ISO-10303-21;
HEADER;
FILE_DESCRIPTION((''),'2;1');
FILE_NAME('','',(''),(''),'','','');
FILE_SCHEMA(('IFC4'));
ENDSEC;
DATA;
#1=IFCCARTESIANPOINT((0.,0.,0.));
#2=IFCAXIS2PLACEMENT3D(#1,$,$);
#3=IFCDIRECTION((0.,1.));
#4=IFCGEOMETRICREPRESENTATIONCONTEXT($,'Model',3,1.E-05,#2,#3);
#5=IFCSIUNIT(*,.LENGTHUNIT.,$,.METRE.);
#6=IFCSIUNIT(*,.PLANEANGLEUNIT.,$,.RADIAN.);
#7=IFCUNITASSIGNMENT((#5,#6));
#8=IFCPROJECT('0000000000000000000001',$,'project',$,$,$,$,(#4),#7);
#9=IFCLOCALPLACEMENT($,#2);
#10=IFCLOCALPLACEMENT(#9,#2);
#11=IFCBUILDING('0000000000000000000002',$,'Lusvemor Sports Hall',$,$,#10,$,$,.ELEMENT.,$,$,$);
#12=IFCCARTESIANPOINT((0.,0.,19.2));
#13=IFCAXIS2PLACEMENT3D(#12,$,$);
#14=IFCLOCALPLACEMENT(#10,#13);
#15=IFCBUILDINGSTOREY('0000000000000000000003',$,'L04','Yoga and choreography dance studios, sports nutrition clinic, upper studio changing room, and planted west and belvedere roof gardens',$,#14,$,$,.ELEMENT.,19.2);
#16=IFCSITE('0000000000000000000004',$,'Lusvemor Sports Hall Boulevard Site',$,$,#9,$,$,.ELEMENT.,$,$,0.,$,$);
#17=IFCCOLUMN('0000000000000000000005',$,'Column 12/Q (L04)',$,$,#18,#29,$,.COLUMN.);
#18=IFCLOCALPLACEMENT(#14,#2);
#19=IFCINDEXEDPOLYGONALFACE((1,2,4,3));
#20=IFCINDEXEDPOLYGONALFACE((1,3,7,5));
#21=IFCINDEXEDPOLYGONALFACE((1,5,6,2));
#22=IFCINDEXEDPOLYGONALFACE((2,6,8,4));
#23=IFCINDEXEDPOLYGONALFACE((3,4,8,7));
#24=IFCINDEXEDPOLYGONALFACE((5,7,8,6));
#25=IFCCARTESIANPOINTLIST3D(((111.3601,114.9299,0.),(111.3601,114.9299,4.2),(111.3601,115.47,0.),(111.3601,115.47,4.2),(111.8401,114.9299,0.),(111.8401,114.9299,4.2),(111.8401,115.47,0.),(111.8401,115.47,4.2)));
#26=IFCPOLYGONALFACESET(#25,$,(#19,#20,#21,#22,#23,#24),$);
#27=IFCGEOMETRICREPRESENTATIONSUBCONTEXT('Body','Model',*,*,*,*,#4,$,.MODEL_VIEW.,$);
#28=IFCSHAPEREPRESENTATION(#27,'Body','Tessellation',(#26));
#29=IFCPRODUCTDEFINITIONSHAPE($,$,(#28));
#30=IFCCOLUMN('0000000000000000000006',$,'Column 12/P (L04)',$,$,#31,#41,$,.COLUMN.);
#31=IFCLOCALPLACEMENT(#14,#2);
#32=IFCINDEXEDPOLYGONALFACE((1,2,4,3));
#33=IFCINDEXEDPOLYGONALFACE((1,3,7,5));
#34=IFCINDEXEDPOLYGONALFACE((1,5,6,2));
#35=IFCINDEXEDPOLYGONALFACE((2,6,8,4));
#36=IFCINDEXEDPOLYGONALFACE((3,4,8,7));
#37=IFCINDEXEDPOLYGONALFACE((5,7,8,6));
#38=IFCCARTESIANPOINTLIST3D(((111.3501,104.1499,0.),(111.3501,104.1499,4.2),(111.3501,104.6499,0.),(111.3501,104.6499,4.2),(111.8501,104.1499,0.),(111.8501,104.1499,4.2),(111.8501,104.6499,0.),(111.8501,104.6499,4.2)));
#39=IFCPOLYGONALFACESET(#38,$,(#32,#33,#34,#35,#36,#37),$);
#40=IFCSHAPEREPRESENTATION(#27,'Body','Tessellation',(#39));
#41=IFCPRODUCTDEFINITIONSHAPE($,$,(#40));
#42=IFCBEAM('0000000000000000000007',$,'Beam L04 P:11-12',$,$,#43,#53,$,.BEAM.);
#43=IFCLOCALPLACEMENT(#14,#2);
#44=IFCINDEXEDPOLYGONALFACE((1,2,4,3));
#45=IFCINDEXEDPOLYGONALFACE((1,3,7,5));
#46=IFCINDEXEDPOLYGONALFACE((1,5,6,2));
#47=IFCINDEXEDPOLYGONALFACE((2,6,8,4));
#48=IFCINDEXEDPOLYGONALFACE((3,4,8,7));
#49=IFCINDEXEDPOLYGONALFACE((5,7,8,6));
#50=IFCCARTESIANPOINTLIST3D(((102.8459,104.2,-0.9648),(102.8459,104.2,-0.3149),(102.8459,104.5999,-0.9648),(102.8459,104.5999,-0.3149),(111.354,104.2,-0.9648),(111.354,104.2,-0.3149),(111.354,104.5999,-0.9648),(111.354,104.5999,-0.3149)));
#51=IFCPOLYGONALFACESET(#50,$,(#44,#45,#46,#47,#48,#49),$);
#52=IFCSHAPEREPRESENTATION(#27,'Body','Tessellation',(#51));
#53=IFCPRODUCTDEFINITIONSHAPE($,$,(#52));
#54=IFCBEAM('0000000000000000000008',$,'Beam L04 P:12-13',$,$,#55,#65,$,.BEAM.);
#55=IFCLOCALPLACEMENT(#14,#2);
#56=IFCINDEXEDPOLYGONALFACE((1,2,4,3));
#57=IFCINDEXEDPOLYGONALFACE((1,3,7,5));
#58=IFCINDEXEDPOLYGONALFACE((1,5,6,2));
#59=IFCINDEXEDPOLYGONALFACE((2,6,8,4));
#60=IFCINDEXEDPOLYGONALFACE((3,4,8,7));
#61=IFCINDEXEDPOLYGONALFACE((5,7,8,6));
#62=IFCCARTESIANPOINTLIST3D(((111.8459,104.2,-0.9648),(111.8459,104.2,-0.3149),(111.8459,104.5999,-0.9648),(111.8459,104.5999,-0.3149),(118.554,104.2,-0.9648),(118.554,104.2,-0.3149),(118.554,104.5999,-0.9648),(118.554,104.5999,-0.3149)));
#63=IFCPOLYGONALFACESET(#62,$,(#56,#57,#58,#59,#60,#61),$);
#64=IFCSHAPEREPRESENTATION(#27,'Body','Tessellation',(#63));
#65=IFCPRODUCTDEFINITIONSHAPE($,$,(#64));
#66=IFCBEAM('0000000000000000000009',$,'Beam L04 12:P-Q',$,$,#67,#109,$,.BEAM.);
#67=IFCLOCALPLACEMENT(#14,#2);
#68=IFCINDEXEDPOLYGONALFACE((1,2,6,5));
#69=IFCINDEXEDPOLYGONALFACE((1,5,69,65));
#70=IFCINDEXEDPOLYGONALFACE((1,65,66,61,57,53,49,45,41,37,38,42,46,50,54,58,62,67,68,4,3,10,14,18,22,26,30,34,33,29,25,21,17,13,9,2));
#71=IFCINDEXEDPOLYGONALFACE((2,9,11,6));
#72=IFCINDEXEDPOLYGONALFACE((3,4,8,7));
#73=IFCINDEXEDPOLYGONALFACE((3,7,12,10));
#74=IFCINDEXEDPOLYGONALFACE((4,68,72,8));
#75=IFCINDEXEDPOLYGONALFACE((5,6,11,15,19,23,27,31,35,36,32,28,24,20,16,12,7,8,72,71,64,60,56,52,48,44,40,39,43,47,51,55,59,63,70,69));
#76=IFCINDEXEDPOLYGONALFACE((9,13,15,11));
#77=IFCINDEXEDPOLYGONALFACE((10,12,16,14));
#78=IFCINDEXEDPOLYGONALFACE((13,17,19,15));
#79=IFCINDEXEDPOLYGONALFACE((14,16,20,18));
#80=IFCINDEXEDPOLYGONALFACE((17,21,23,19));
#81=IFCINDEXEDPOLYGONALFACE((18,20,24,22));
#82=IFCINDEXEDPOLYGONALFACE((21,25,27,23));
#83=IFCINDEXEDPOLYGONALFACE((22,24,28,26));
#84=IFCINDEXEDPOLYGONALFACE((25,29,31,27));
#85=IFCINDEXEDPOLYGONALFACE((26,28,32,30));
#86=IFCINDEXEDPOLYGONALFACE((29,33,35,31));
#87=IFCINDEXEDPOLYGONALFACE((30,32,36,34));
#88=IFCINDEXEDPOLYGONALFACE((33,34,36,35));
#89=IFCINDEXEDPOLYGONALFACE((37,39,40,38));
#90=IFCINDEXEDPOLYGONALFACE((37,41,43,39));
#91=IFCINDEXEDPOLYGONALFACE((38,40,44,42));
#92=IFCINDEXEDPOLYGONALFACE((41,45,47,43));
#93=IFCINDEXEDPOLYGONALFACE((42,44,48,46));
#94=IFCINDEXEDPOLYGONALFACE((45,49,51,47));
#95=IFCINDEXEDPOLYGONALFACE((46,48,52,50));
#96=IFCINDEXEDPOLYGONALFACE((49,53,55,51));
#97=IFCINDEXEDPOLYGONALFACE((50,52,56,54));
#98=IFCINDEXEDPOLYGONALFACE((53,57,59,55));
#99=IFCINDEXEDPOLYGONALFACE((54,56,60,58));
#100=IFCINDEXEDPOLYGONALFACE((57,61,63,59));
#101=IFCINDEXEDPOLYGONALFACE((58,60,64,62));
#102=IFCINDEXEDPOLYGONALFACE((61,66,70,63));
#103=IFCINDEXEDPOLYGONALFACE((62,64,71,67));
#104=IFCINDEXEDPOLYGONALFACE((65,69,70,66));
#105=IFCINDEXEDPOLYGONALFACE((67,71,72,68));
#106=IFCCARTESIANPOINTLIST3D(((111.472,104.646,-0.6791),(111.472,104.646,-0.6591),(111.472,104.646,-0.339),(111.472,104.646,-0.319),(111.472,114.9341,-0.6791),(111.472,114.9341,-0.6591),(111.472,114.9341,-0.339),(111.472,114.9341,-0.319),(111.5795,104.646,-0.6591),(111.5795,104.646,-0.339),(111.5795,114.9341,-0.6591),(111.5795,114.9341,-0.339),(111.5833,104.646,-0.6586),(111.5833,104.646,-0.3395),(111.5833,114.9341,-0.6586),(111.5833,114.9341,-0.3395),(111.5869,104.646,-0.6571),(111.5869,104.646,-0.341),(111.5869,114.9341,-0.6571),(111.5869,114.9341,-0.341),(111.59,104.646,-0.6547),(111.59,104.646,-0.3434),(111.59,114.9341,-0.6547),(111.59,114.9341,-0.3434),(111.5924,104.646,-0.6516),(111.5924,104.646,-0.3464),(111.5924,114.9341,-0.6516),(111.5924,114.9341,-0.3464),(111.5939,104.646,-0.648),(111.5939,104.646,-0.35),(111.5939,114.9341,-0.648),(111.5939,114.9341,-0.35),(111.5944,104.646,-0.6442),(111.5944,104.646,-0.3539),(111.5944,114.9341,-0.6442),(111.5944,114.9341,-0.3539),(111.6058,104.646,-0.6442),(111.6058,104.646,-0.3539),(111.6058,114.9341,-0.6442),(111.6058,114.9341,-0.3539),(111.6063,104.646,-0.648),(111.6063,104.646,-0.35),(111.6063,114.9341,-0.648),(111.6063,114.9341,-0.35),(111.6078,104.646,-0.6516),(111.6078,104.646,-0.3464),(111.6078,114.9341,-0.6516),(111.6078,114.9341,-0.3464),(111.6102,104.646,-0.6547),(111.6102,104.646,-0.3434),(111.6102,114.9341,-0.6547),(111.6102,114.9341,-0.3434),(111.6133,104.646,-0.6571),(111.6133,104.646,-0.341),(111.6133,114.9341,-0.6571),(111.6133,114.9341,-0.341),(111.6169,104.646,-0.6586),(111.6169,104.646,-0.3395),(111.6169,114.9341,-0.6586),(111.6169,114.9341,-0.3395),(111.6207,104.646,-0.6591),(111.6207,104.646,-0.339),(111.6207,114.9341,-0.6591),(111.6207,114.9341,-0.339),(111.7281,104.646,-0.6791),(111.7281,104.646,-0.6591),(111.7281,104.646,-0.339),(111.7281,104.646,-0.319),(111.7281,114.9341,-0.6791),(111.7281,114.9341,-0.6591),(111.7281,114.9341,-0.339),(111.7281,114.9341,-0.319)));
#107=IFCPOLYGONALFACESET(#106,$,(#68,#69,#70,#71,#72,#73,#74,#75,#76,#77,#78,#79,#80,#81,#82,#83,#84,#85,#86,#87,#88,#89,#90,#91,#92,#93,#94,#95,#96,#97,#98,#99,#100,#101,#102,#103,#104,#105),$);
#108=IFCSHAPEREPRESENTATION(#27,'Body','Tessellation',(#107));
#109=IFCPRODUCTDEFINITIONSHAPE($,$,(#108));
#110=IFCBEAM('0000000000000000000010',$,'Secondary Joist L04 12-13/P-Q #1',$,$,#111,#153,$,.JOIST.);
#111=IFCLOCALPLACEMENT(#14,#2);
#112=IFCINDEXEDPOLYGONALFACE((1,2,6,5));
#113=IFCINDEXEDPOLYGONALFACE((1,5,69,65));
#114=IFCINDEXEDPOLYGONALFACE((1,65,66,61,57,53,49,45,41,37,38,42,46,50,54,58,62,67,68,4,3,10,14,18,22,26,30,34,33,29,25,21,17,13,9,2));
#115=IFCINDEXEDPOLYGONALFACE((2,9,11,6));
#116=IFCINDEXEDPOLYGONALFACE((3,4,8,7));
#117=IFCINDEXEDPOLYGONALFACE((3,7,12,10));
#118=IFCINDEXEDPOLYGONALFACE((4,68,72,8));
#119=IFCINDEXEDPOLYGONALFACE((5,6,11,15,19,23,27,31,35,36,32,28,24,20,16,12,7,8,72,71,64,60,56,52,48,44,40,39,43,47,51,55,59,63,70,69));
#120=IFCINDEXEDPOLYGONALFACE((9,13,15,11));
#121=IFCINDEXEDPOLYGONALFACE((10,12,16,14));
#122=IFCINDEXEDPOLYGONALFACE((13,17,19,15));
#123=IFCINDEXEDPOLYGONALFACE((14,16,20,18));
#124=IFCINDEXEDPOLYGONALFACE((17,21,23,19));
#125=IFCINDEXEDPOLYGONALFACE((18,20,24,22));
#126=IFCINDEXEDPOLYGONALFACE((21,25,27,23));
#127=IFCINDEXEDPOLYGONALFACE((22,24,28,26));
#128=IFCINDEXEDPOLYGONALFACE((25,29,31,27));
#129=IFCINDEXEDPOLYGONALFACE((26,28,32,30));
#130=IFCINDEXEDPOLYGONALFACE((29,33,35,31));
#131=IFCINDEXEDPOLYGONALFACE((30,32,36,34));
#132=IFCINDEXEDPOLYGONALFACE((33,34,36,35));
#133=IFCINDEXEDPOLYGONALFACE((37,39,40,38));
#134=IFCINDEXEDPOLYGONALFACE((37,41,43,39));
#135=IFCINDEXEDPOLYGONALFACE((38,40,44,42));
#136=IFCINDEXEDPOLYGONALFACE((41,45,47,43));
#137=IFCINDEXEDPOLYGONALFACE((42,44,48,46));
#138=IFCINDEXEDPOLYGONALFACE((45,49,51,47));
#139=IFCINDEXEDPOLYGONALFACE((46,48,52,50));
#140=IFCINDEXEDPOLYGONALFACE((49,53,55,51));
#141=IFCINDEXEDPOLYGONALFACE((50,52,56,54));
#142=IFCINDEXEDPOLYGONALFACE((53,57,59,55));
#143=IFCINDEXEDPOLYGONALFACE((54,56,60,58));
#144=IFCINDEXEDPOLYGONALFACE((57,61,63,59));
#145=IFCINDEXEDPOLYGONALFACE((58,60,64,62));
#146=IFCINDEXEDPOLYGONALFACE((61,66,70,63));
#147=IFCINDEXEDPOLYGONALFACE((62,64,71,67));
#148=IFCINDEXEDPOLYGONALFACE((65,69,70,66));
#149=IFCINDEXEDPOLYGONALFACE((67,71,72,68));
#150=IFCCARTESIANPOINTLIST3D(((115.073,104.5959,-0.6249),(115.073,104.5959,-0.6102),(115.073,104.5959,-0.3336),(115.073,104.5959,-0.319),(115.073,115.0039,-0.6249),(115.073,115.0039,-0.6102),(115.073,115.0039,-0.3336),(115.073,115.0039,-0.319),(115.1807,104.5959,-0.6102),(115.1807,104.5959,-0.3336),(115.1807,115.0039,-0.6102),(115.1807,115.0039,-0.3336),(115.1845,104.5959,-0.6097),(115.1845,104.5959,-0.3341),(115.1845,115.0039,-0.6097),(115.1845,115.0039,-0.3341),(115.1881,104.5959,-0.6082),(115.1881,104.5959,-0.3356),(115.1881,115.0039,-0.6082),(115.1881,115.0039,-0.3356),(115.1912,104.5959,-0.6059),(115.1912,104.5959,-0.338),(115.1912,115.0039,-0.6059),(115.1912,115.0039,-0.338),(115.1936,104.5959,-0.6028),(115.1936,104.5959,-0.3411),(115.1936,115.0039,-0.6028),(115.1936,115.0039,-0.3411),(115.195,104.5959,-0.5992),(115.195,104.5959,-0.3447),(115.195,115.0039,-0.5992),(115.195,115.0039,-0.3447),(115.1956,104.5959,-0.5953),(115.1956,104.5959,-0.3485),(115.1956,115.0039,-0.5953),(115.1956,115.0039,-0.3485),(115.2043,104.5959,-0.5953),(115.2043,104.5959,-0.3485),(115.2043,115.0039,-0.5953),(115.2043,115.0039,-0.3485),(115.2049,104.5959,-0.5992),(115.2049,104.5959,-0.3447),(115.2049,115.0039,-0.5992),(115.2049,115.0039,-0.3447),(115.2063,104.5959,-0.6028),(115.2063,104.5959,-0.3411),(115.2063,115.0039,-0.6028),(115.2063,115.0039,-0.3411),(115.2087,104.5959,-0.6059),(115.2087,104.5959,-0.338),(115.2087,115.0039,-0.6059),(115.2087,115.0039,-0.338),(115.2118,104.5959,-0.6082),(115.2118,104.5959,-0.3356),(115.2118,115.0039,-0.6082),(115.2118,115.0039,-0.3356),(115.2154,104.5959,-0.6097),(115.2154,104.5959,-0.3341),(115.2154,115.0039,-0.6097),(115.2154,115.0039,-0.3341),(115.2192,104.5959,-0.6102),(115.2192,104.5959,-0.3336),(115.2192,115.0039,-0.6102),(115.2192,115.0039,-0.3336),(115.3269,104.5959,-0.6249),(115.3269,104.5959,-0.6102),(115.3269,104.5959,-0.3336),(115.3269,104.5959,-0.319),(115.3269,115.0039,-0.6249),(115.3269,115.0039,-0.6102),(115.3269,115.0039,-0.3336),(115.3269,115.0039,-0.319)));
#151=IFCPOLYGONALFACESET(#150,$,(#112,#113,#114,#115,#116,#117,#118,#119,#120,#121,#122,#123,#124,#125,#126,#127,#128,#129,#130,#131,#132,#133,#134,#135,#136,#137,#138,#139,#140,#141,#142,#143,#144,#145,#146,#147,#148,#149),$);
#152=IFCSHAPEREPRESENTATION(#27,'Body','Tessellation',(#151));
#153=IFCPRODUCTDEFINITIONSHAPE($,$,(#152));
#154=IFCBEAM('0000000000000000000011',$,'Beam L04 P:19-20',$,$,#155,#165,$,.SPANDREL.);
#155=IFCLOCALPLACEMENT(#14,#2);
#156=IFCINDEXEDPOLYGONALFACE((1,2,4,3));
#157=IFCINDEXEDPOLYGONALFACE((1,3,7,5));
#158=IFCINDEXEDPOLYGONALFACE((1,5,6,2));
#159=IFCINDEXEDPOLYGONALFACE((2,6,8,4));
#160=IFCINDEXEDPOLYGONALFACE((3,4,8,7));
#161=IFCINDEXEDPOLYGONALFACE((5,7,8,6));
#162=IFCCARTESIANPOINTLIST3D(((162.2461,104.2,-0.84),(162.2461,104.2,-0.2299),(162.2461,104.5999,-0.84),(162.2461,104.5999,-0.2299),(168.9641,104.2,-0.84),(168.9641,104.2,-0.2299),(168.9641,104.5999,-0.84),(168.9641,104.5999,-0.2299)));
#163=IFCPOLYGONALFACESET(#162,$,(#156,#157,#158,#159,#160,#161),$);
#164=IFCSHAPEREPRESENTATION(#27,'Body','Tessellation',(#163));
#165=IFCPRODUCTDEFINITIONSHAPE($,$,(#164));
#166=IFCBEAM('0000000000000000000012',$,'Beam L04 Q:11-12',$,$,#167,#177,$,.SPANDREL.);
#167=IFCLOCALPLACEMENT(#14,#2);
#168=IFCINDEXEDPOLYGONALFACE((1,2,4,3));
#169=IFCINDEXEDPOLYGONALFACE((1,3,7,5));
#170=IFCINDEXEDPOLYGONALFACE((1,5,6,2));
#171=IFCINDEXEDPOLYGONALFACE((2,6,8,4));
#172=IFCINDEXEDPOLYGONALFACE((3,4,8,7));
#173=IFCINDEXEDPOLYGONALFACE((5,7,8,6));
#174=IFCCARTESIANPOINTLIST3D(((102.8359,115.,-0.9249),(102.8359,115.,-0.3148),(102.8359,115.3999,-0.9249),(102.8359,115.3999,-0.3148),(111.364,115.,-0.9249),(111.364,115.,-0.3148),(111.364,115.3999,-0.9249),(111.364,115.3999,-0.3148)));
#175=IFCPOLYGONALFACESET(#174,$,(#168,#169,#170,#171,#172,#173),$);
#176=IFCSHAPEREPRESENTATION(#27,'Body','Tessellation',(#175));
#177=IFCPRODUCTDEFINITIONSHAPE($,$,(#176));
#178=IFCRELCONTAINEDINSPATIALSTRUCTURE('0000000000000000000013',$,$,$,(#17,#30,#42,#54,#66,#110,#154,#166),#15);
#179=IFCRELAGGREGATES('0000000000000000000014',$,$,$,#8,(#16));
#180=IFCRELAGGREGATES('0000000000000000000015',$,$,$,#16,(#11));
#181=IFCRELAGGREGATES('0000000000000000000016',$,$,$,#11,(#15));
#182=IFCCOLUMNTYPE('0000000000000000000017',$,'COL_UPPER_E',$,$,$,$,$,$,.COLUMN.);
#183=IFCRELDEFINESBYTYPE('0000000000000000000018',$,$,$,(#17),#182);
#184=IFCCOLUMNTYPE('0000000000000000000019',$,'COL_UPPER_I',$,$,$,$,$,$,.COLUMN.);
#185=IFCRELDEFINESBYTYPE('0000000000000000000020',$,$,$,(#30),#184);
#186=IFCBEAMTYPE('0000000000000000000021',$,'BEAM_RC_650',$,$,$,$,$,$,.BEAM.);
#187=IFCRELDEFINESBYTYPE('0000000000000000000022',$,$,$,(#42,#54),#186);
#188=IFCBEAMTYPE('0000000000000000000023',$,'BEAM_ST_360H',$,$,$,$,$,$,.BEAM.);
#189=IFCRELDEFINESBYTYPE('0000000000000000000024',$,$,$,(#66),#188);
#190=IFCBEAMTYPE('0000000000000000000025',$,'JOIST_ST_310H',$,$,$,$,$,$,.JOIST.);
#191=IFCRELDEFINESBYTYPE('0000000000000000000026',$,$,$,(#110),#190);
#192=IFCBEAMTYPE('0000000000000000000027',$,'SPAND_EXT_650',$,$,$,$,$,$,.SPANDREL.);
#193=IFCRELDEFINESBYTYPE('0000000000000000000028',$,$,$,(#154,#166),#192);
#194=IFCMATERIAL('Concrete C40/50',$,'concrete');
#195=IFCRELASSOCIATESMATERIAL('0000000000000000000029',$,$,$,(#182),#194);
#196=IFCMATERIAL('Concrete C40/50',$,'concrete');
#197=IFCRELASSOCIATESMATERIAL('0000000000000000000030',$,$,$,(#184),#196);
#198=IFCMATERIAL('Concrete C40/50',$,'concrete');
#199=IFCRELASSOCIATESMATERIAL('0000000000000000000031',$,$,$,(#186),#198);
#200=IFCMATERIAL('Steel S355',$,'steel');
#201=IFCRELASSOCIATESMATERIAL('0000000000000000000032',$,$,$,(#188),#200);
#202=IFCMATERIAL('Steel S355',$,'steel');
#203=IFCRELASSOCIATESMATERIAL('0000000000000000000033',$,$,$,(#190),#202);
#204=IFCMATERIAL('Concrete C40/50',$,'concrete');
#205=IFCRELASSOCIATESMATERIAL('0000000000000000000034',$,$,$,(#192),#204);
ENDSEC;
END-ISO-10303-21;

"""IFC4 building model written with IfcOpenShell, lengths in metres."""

from ifc_helpers import new_model, si_unit, direction, frame, origin, origin_2d, place, context, subcontext, project, spatial, rectangle, i_section, extrude, material, material_profile, profile_set, type_object, element, save


model = new_model("IFC4")

# Units and contexts
model_context = context("Model", 3, precision=1e-05, world=origin(), true_north=direction((0.0, 1.0)))
body_context = subcontext(model_context, "Body", "Model", "MODEL_VIEW")
ifc_project = project(units=[si_unit("LENGTHUNIT", "METRE"), si_unit("PLANEANGLEUNIT", "RADIAN")], contexts=[model_context])

# Site, building, storey
site_placement = place(None, origin())
site = spatial("IfcSite", under=ifc_project, at=site_placement, Name="Lusvemor Sports Hall Boulevard Site", CompositionType="ELEMENT", RefElevation=0.0)
building_placement = place(site_placement, origin())
building = spatial("IfcBuilding", under=site, at=building_placement, Name="Lusvemor Sports Hall", CompositionType="ELEMENT")
storey_placement = place(building_placement, frame((0.0, 0.0, 19.2)))
storey = spatial("IfcBuildingStorey", under=building, at=storey_placement, Name="L04", Description="Yoga and choreography dance studios, sports nutrition clinic, upper studio changing room, and planted west and belvedere roof gardens", CompositionType="ELEMENT", Elevation=19.2)

# Columns
ifc_material_1 = material(Name="Concrete C40/50", Category="concrete")
ifc_material_profile_1 = material_profile(ifc_material_1, rectangle(XDim=0.48, YDim=0.54, at=origin_2d()), Name="RC480x540")
ifc_profile_set_1 = profile_set([ifc_material_profile_1], Name="Concrete C40/50")
column_type_1 = type_object("IfcColumnType", Name="COL_UPPER_E", PredefinedType="COLUMN", material=ifc_profile_set_1)
column_1_placement = place(storey_placement, frame((111.6001, 115.2, 0.0), z_axis=(0.0, 0.0, 1.0), x_axis=(1.0, 0.0, 0.0)))
element("IfcColumn", 1, at=column_1_placement, inside=storey, type_object=column_type_1, Name="Column 12/Q (L04)", PredefinedType="COLUMN", context=body_context, shape_type="SweptSolid", body=[
    extrude(rectangle(XDim=0.48, YDim=0.54, at=origin_2d()), origin(), (0.0, 0.0, 1.0), 4.2),
])
ifc_material_2 = material(Name="Concrete C40/50", Category="concrete")
ifc_material_profile_2 = material_profile(ifc_material_2, rectangle(XDim=0.5, YDim=0.5, at=origin_2d()), Name="RC500x500")
ifc_profile_set_2 = profile_set([ifc_material_profile_2], Name="Concrete C40/50")
column_type_2 = type_object("IfcColumnType", Name="COL_UPPER_I", PredefinedType="COLUMN", material=ifc_profile_set_2)
column_2_placement = place(storey_placement, frame((111.6001, 104.3999, 0.0), z_axis=(0.0, 0.0, 1.0), x_axis=(1.0, 0.0, 0.0)))
element("IfcColumn", 2, at=column_2_placement, inside=storey, type_object=column_type_2, Name="Column 12/P (L04)", PredefinedType="COLUMN", context=body_context, shape_type="SweptSolid", body=[
    extrude(rectangle(XDim=0.5, YDim=0.5, at=origin_2d()), origin(), (0.0, 0.0, 1.0), 4.2),
])

# Beams
ifc_material_3 = material(Name="Concrete C40/50", Category="concrete")
ifc_material_profile_3 = material_profile(ifc_material_3, rectangle(XDim=0.3999, YDim=0.6499, at=origin_2d()), Name="RC400x650")
ifc_profile_set_3 = profile_set([ifc_material_profile_3], Name="Concrete C40/50")
beam_type_1 = type_object("IfcBeamType", Name="BEAM_RC_650", PredefinedType="BEAM", material=ifc_profile_set_3)
beam_1_placement = place(storey_placement, frame((102.8459, 104.3999, -0.6399), z_axis=(1.0, 0.0, 0.0), x_axis=(0.0, 1.0, 0.0)))
element("IfcBeam", 3, at=beam_1_placement, inside=storey, type_object=beam_type_1, Name="Beam L04 P:11-12", PredefinedType="BEAM", context=body_context, shape_type="SweptSolid", body=[
    extrude(rectangle(XDim=0.3999, YDim=0.6499, at=origin_2d()), origin(), (0.0, 0.0, 1.0), 8.5081),
])
beam_2_placement = place(storey_placement, frame((111.8459, 104.3999, -0.6399), z_axis=(1.0, 0.0, 0.0), x_axis=(0.0, 1.0, 0.0)))
element("IfcBeam", 4, at=beam_2_placement, inside=storey, type_object=beam_type_1, Name="Beam L04 P:12-13", PredefinedType="BEAM", context=body_context, shape_type="SweptSolid", body=[
    extrude(rectangle(XDim=0.3999, YDim=0.6499, at=origin_2d()), origin(), (0.0, 0.0, 1.0), 6.708),
])
ifc_material_4 = material(Name="Steel S355", Category="steel")
ifc_material_profile_4 = material_profile(ifc_material_4, i_section(OverallWidth=0.2561, OverallDepth=0.3601, WebThickness=0.0115, FlangeThickness=0.02, FilletRadius=0.0149, at=origin_2d()), Name="W360x110.0")
ifc_profile_set_4 = profile_set([ifc_material_profile_4], Name="Steel S355")
beam_type_2 = type_object("IfcBeamType", Name="BEAM_ST_360H", PredefinedType="BEAM", material=ifc_profile_set_4)
beam_3_placement = place(storey_placement, frame((111.6001, 104.646, -0.499), z_axis=(0.0, 1.0, 0.0), x_axis=(-1.0, 0.0, 0.0)))
element("IfcBeam", 5, at=beam_3_placement, inside=storey, type_object=beam_type_2, Name="Beam L04 12:P-Q", PredefinedType="BEAM", context=body_context, shape_type="SweptSolid", body=[
    extrude(i_section(OverallWidth=0.2561, OverallDepth=0.3601, WebThickness=0.0115, FlangeThickness=0.02, FilletRadius=0.0149, at=origin_2d()), origin(), (0.0, 0.0, 1.0), 10.2881),
])
ifc_material_5 = material(Name="Steel S355", Category="steel")
ifc_material_profile_5 = material_profile(ifc_material_5, i_section(OverallWidth=0.2539, OverallDepth=0.3059, WebThickness=0.0088, FlangeThickness=0.0146, FilletRadius=0.0149, at=origin_2d()), Name="W310x79.0")
ifc_profile_set_5 = profile_set([ifc_material_profile_5], Name="Steel S355")
beam_type_3 = type_object("IfcBeamType", Name="JOIST_ST_310H", PredefinedType="JOIST", material=ifc_profile_set_5)
beam_4_placement = place(storey_placement, frame((115.2, 104.5959, -0.4719), z_axis=(0.0, 1.0, 0.0), x_axis=(-1.0, 0.0, 0.0)))
element("IfcBeam", 6, at=beam_4_placement, inside=storey, type_object=beam_type_3, Name="Secondary Joist L04 12-13/P-Q #1", PredefinedType="JOIST", context=body_context, shape_type="SweptSolid", body=[
    extrude(i_section(OverallWidth=0.2539, OverallDepth=0.3059, WebThickness=0.0088, FlangeThickness=0.0146, FilletRadius=0.0149, at=origin_2d()), origin(), (0.0, 0.0, 1.0), 10.408),
])
ifc_material_6 = material(Name="Concrete C40/50", Category="concrete")
ifc_material_profile_6 = material_profile(ifc_material_6, rectangle(XDim=0.3999, YDim=0.6101, at=origin_2d()), Name="RC400x610")
ifc_profile_set_6 = profile_set([ifc_material_profile_6], Name="Concrete C40/50")
beam_type_4 = type_object("IfcBeamType", Name="SPAND_EXT_650", PredefinedType="SPANDREL", material=ifc_profile_set_6)
beam_5_placement = place(storey_placement, frame((162.2461, 104.3999, -0.5349), z_axis=(1.0, 0.0, 0.0), x_axis=(0.0, 1.0, 0.0)))
element("IfcBeam", 7, at=beam_5_placement, inside=storey, type_object=beam_type_4, Name="Beam L04 P:19-20", PredefinedType="SPANDREL", context=body_context, shape_type="SweptSolid", body=[
    extrude(rectangle(XDim=0.3999, YDim=0.6101, at=origin_2d()), origin(), (0.0, 0.0, 1.0), 6.718),
])
beam_6_placement = place(storey_placement, frame((102.8359, 115.2, -0.6199), z_axis=(1.0, 0.0, 0.0), x_axis=(0.0, 1.0, 0.0)))
element("IfcBeam", 8, at=beam_6_placement, inside=storey, type_object=beam_type_4, Name="Beam L04 Q:11-12", PredefinedType="SPANDREL", context=body_context, shape_type="SweptSolid", body=[
    extrude(rectangle(XDim=0.3999, YDim=0.6101, at=origin_2d()), origin(), (0.0, 0.0, 1.0), 8.5281),
])

save(model, "model.ifc")
